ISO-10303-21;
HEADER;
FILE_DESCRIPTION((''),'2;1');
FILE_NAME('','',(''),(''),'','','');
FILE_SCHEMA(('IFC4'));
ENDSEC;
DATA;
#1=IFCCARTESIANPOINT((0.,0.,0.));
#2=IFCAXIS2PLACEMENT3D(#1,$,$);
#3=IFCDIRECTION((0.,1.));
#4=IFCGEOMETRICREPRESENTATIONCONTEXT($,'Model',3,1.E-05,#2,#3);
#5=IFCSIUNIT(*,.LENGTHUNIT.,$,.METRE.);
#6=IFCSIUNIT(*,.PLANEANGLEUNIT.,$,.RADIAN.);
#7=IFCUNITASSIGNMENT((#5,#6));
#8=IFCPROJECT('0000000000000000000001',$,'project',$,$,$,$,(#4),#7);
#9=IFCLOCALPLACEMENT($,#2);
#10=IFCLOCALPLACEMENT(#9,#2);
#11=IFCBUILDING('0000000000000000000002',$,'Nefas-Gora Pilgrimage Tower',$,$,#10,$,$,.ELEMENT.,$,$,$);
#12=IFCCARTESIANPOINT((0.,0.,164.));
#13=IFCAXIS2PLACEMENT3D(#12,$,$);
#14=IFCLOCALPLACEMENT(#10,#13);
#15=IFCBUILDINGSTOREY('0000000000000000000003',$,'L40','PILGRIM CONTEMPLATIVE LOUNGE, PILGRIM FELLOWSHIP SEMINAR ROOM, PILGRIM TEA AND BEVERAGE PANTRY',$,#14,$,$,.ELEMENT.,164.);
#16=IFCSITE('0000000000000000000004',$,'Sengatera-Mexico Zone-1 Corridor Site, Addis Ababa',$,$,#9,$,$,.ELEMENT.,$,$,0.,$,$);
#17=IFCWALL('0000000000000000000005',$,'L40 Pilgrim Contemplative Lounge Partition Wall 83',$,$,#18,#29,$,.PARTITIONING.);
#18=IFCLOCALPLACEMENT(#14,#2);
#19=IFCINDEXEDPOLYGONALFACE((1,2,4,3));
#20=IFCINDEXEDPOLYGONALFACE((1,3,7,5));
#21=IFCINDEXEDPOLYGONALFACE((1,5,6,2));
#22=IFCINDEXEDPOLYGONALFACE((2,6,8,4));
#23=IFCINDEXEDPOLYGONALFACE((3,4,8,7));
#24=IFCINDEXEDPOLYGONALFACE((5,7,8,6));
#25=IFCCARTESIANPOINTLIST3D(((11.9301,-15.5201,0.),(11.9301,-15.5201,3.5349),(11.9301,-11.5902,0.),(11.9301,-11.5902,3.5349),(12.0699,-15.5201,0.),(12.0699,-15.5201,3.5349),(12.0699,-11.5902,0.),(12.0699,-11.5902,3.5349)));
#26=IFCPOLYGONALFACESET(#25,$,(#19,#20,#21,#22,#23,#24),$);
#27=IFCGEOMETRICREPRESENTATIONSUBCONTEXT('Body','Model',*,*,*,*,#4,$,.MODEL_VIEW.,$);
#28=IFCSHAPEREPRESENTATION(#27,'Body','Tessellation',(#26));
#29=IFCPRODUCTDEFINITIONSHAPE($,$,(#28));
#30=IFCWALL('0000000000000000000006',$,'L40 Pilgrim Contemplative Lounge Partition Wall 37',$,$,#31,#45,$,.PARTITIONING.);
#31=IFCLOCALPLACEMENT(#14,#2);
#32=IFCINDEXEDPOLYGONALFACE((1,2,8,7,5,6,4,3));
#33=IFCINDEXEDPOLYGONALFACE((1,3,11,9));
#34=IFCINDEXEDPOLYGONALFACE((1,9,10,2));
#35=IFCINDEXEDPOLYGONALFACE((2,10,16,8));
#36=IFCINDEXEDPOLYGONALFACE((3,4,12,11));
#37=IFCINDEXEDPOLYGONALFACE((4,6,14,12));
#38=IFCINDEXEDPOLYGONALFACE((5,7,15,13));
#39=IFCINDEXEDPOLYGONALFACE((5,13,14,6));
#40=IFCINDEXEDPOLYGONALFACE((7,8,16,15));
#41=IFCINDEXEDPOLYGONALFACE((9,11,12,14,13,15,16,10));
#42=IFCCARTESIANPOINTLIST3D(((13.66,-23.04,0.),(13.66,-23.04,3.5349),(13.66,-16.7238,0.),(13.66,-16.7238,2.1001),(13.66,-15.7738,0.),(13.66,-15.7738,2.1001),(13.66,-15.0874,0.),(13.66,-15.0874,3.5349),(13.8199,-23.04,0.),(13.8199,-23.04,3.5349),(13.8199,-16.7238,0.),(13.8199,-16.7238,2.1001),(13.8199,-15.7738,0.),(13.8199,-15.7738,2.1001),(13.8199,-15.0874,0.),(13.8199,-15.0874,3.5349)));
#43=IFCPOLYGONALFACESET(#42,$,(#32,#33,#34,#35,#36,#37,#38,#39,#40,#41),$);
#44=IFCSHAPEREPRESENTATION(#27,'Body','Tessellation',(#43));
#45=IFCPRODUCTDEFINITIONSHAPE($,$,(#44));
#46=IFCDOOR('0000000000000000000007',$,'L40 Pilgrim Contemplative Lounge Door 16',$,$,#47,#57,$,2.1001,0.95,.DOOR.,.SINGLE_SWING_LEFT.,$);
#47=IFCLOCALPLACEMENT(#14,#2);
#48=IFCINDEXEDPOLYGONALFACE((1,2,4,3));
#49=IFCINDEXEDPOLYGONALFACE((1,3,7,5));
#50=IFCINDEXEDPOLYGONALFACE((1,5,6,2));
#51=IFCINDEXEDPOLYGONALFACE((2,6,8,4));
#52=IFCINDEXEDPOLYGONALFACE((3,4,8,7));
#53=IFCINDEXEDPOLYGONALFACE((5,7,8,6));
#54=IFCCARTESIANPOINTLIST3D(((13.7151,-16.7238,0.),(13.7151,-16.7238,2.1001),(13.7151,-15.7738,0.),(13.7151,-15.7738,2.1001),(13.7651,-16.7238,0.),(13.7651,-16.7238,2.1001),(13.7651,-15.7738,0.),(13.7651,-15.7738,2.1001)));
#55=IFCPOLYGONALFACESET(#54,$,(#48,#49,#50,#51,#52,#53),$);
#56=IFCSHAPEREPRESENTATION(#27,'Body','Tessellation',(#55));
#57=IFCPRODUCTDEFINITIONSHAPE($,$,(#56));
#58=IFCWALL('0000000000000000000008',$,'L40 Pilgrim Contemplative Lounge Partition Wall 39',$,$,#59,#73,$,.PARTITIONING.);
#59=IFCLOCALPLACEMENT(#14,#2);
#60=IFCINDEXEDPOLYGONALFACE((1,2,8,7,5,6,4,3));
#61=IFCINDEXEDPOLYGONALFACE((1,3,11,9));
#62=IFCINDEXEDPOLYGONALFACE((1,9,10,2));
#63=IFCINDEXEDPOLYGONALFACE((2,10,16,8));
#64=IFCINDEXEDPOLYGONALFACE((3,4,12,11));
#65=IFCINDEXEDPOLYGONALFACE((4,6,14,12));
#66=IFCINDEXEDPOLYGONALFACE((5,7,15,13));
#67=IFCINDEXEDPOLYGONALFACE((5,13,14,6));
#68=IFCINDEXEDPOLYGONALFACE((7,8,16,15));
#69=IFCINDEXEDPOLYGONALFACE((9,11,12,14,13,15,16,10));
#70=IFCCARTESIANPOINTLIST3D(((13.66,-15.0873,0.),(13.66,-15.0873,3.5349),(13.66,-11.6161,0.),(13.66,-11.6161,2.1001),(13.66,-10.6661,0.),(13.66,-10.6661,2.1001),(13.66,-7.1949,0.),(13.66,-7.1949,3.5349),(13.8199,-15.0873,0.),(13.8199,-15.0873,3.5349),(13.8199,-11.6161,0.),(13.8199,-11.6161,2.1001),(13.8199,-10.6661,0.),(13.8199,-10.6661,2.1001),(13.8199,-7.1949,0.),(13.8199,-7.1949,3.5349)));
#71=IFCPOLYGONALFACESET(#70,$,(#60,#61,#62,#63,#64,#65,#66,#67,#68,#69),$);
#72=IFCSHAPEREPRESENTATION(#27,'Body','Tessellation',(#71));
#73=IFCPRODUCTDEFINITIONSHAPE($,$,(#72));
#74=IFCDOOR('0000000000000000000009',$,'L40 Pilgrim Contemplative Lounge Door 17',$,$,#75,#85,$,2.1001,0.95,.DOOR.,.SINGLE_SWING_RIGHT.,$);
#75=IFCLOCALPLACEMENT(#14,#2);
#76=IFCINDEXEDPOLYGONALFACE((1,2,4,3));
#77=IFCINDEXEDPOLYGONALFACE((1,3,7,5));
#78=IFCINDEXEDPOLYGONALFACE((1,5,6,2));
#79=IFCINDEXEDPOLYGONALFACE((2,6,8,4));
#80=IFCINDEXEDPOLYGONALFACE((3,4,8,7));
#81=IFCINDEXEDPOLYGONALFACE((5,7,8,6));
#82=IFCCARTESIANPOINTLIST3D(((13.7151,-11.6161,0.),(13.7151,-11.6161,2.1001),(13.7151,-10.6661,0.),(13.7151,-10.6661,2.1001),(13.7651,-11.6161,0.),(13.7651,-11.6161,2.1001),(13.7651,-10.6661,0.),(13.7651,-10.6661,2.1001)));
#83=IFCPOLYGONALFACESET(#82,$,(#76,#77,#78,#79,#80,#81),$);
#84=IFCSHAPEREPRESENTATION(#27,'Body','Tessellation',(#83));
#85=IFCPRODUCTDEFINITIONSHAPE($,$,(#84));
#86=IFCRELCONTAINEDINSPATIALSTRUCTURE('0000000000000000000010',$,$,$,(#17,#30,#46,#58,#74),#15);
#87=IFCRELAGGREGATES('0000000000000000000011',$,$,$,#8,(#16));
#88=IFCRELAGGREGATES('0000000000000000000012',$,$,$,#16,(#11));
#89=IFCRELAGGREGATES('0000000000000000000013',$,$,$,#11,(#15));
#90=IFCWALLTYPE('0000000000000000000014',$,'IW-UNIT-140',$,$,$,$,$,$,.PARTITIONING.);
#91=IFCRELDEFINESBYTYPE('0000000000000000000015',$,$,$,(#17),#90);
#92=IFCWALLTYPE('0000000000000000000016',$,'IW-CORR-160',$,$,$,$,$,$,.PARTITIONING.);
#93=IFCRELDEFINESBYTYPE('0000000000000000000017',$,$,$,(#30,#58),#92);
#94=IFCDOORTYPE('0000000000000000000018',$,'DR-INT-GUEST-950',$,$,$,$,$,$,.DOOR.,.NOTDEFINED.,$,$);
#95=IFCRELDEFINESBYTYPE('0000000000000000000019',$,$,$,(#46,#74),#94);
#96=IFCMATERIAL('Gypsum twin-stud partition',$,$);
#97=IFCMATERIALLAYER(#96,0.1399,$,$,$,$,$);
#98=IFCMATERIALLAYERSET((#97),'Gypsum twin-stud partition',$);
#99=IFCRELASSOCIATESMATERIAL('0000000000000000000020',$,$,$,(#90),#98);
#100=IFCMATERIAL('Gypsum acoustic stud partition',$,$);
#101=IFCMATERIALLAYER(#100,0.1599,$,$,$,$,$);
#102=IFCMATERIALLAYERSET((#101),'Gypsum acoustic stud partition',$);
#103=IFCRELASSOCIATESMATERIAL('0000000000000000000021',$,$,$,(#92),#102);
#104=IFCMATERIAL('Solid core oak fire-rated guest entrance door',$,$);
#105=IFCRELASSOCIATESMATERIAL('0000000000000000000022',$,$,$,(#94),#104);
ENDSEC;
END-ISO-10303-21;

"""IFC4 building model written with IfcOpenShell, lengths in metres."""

from ifc_helpers import new_model, si_unit, direction, frame, frame_2d, origin, place, context, subcontext, project, spatial, rectangle, extrude, source, transform, mapped, material, layer, layer_set, type_object, element, fill, save


model = new_model("IFC4")

# Units and contexts
model_context = context("Model", 3, precision=1e-05, world=origin(), true_north=direction((0.0, 1.0)))
body_context = subcontext(model_context, "Body", "Model", "MODEL_VIEW")
ifc_project = project(units=[si_unit("LENGTHUNIT", "METRE"), si_unit("PLANEANGLEUNIT", "RADIAN")], contexts=[model_context])

# Site, building, storey
site_placement = place(None, origin())
site = spatial("IfcSite", under=ifc_project, at=site_placement, Name="Sengatera-Mexico Zone-1 Corridor Site, Addis Ababa", CompositionType="ELEMENT", RefElevation=0.0)
building_placement = place(site_placement, origin())
building = spatial("IfcBuilding", under=site, at=building_placement, Name="Nefas-Gora Pilgrimage Tower", CompositionType="ELEMENT")
storey_placement = place(building_placement, frame((0.0, 0.0, 164.0)))
storey = spatial("IfcBuildingStorey", under=building, at=storey_placement, Name="L40", Description="PILGRIM CONTEMPLATIVE LOUNGE, PILGRIM FELLOWSHIP SEMINAR ROOM, PILGRIM TEA AND BEVERAGE PANTRY", CompositionType="ELEMENT", Elevation=164.0)

# Wall
ifc_material_1 = material(Name="Gypsum twin-stud partition")
ifc_layer_1 = layer(ifc_material_1, 0.1399)
ifc_layer_set_1 = layer_set([ifc_layer_1], Name="Gypsum twin-stud partition")
wall_type_1 = type_object("IfcWallType", Name="IW-UNIT-140", PredefinedType="PARTITIONING", material=ifc_layer_set_1)
shared_shape_1 = source(origin(), body_context, "Body", "SweptSolid", [
    extrude(rectangle(XDim=3.9299, YDim=0.1399, at=frame_2d((1.9648, 0.0))), origin(), (0.0, 0.0, 1.0), 3.5349),
])
wall_1_placement = place(storey_placement, frame((12.0, -15.52, 0.0), z_axis=(0.0, 0.0, 1.0), x_axis=(0.0, 1.0, 0.0)))
element("IfcWall", 1, at=wall_1_placement, inside=storey, type_object=wall_type_1, Name="L40 Pilgrim Contemplative Lounge Partition Wall 83", PredefinedType="PARTITIONING", context=body_context, shape_type="MappedRepresentation", body=[
    mapped(shared_shape_1, transform((0.0, 0.0, 0.0), x_axis=(1.0, 0.0, 0.0), y_axis=(0.0, 1.0, 0.0), z_axis=(0.0, 0.0, 1.0), scale=1.0)),
])

# Walls, openings, doors
ifc_material_2 = material(Name="Gypsum acoustic stud partition")
ifc_layer_2 = layer(ifc_material_2, 0.1599)
ifc_layer_set_2 = layer_set([ifc_layer_2], Name="Gypsum acoustic stud partition")
wall_type_2 = type_object("IfcWallType", Name="IW-CORR-160", PredefinedType="PARTITIONING", material=ifc_layer_set_2)
shared_shape_2 = source(origin(), body_context, "Body", "SweptSolid", [
    extrude(rectangle(XDim=7.9526, YDim=0.1599, at=frame_2d((3.9763, 0.0))), origin(), (0.0, 0.0, 1.0), 3.5349),
])
wall_2_placement = place(storey_placement, frame((13.74, -23.04, 0.0), z_axis=(0.0, 0.0, 1.0), x_axis=(0.0, 1.0, 0.0)))
wall_2 = element("IfcWall", 2, at=wall_2_placement, inside=storey, type_object=wall_type_2, Name="L40 Pilgrim Contemplative Lounge Partition Wall 37", PredefinedType="PARTITIONING", context=body_context, shape_type="MappedRepresentation", body=[
    mapped(shared_shape_2, transform((0.0, 0.0, 0.0), x_axis=(1.0, 0.0, 0.0), y_axis=(0.0, 1.0, 0.0), z_axis=(0.0, 0.0, 1.0), scale=1.0)),
])
opening_1_placement = place(wall_2_placement, frame((6.3162, 0.0, 0.0)))
opening_1 = element("IfcOpeningElement", 3, at=opening_1_placement, cuts=wall_2, PredefinedType="OPENING", context=body_context, shape_type="SweptSolid", body=[
    extrude(rectangle(XDim=0.95, YDim=2.1001, at=frame_2d((0.4751, 1.05))), frame((0.0, 0.0898, 0.0), z_axis=(0.0, -1.0, 0.0), x_axis=(1.0, 0.0, 0.0)), (0.0, 0.0, 1.0), 0.1799),
])
ifc_material_3 = material(Name="Solid core oak fire-rated guest entrance door")
door_type = type_object("IfcDoorType", Name="DR-INT-GUEST-950", OperationType="NOTDEFINED", PredefinedType="DOOR", material=ifc_material_3)
shared_shape_3 = source(origin(), body_context, "Body", "SweptSolid", [
    extrude(rectangle(XDim=0.95, YDim=2.1001, at=frame_2d((0.4751, 1.05))), frame((0.0, 0.0249, 0.0), z_axis=(0.0, -1.0, 0.0), x_axis=(1.0, 0.0, 0.0)), (0.0, 0.0, 1.0), 0.05),
])
door_1_placement = place(opening_1_placement, origin())
door_1 = element("IfcDoor", 4, at=door_1_placement, inside=storey, type_object=door_type, Name="L40 Pilgrim Contemplative Lounge Door 16", OperationType="SINGLE_SWING_LEFT", OverallHeight=2.1001, OverallWidth=0.95, PredefinedType="DOOR", context=body_context, shape_type="MappedRepresentation", body=[
    mapped(shared_shape_3, transform((0.0, 0.0, 0.0), x_axis=(1.0, 0.0, 0.0), y_axis=(0.0, 1.0, 0.0), z_axis=(0.0, 0.0, 1.0), scale=1.0)),
])
fill(opening_1, door_1)
shared_shape_4 = source(origin(), body_context, "Body", "SweptSolid", [
    extrude(rectangle(XDim=7.8923, YDim=0.1599, at=frame_2d((3.9463, 0.0))), origin(), (0.0, 0.0, 1.0), 3.5349),
])
wall_3_placement = place(storey_placement, frame((13.74, -15.0874, 0.0), z_axis=(0.0, 0.0, 1.0), x_axis=(0.0, 1.0, 0.0)))
wall_3 = element("IfcWall", 5, at=wall_3_placement, inside=storey, type_object=wall_type_2, Name="L40 Pilgrim Contemplative Lounge Partition Wall 39", PredefinedType="PARTITIONING", context=body_context, shape_type="MappedRepresentation", body=[
    mapped(shared_shape_4, transform((0.0, 0.0, 0.0), x_axis=(1.0, 0.0, 0.0), y_axis=(0.0, 1.0, 0.0), z_axis=(0.0, 0.0, 1.0), scale=1.0)),
])
opening_2_placement = place(wall_3_placement, frame((3.4712, 0.0, 0.0)))
opening_2 = element("IfcOpeningElement", 6, at=opening_2_placement, cuts=wall_3, PredefinedType="OPENING", context=body_context, shape_type="SweptSolid", body=[
    extrude(rectangle(XDim=0.95, YDim=2.1001, at=frame_2d((0.4751, 1.05))), frame((0.0, 0.0898, 0.0), z_axis=(0.0, -1.0, 0.0), x_axis=(1.0, 0.0, 0.0)), (0.0, 0.0, 1.0), 0.1799),
])
door_2_placement = place(opening_2_placement, origin())
door_2 = element("IfcDoor", 7, at=door_2_placement, inside=storey, type_object=door_type, Name="L40 Pilgrim Contemplative Lounge Door 17", OperationType="SINGLE_SWING_RIGHT", OverallHeight=2.1001, OverallWidth=0.95, PredefinedType="DOOR", context=body_context, shape_type="MappedRepresentation", body=[
    mapped(shared_shape_3, transform((0.0, 0.0, 0.0), x_axis=(1.0, 0.0, 0.0), y_axis=(0.0, 1.0, 0.0), z_axis=(0.0, 0.0, 1.0), scale=1.0)),
])
fill(opening_2, door_2)

save(model, "model.ifc")
